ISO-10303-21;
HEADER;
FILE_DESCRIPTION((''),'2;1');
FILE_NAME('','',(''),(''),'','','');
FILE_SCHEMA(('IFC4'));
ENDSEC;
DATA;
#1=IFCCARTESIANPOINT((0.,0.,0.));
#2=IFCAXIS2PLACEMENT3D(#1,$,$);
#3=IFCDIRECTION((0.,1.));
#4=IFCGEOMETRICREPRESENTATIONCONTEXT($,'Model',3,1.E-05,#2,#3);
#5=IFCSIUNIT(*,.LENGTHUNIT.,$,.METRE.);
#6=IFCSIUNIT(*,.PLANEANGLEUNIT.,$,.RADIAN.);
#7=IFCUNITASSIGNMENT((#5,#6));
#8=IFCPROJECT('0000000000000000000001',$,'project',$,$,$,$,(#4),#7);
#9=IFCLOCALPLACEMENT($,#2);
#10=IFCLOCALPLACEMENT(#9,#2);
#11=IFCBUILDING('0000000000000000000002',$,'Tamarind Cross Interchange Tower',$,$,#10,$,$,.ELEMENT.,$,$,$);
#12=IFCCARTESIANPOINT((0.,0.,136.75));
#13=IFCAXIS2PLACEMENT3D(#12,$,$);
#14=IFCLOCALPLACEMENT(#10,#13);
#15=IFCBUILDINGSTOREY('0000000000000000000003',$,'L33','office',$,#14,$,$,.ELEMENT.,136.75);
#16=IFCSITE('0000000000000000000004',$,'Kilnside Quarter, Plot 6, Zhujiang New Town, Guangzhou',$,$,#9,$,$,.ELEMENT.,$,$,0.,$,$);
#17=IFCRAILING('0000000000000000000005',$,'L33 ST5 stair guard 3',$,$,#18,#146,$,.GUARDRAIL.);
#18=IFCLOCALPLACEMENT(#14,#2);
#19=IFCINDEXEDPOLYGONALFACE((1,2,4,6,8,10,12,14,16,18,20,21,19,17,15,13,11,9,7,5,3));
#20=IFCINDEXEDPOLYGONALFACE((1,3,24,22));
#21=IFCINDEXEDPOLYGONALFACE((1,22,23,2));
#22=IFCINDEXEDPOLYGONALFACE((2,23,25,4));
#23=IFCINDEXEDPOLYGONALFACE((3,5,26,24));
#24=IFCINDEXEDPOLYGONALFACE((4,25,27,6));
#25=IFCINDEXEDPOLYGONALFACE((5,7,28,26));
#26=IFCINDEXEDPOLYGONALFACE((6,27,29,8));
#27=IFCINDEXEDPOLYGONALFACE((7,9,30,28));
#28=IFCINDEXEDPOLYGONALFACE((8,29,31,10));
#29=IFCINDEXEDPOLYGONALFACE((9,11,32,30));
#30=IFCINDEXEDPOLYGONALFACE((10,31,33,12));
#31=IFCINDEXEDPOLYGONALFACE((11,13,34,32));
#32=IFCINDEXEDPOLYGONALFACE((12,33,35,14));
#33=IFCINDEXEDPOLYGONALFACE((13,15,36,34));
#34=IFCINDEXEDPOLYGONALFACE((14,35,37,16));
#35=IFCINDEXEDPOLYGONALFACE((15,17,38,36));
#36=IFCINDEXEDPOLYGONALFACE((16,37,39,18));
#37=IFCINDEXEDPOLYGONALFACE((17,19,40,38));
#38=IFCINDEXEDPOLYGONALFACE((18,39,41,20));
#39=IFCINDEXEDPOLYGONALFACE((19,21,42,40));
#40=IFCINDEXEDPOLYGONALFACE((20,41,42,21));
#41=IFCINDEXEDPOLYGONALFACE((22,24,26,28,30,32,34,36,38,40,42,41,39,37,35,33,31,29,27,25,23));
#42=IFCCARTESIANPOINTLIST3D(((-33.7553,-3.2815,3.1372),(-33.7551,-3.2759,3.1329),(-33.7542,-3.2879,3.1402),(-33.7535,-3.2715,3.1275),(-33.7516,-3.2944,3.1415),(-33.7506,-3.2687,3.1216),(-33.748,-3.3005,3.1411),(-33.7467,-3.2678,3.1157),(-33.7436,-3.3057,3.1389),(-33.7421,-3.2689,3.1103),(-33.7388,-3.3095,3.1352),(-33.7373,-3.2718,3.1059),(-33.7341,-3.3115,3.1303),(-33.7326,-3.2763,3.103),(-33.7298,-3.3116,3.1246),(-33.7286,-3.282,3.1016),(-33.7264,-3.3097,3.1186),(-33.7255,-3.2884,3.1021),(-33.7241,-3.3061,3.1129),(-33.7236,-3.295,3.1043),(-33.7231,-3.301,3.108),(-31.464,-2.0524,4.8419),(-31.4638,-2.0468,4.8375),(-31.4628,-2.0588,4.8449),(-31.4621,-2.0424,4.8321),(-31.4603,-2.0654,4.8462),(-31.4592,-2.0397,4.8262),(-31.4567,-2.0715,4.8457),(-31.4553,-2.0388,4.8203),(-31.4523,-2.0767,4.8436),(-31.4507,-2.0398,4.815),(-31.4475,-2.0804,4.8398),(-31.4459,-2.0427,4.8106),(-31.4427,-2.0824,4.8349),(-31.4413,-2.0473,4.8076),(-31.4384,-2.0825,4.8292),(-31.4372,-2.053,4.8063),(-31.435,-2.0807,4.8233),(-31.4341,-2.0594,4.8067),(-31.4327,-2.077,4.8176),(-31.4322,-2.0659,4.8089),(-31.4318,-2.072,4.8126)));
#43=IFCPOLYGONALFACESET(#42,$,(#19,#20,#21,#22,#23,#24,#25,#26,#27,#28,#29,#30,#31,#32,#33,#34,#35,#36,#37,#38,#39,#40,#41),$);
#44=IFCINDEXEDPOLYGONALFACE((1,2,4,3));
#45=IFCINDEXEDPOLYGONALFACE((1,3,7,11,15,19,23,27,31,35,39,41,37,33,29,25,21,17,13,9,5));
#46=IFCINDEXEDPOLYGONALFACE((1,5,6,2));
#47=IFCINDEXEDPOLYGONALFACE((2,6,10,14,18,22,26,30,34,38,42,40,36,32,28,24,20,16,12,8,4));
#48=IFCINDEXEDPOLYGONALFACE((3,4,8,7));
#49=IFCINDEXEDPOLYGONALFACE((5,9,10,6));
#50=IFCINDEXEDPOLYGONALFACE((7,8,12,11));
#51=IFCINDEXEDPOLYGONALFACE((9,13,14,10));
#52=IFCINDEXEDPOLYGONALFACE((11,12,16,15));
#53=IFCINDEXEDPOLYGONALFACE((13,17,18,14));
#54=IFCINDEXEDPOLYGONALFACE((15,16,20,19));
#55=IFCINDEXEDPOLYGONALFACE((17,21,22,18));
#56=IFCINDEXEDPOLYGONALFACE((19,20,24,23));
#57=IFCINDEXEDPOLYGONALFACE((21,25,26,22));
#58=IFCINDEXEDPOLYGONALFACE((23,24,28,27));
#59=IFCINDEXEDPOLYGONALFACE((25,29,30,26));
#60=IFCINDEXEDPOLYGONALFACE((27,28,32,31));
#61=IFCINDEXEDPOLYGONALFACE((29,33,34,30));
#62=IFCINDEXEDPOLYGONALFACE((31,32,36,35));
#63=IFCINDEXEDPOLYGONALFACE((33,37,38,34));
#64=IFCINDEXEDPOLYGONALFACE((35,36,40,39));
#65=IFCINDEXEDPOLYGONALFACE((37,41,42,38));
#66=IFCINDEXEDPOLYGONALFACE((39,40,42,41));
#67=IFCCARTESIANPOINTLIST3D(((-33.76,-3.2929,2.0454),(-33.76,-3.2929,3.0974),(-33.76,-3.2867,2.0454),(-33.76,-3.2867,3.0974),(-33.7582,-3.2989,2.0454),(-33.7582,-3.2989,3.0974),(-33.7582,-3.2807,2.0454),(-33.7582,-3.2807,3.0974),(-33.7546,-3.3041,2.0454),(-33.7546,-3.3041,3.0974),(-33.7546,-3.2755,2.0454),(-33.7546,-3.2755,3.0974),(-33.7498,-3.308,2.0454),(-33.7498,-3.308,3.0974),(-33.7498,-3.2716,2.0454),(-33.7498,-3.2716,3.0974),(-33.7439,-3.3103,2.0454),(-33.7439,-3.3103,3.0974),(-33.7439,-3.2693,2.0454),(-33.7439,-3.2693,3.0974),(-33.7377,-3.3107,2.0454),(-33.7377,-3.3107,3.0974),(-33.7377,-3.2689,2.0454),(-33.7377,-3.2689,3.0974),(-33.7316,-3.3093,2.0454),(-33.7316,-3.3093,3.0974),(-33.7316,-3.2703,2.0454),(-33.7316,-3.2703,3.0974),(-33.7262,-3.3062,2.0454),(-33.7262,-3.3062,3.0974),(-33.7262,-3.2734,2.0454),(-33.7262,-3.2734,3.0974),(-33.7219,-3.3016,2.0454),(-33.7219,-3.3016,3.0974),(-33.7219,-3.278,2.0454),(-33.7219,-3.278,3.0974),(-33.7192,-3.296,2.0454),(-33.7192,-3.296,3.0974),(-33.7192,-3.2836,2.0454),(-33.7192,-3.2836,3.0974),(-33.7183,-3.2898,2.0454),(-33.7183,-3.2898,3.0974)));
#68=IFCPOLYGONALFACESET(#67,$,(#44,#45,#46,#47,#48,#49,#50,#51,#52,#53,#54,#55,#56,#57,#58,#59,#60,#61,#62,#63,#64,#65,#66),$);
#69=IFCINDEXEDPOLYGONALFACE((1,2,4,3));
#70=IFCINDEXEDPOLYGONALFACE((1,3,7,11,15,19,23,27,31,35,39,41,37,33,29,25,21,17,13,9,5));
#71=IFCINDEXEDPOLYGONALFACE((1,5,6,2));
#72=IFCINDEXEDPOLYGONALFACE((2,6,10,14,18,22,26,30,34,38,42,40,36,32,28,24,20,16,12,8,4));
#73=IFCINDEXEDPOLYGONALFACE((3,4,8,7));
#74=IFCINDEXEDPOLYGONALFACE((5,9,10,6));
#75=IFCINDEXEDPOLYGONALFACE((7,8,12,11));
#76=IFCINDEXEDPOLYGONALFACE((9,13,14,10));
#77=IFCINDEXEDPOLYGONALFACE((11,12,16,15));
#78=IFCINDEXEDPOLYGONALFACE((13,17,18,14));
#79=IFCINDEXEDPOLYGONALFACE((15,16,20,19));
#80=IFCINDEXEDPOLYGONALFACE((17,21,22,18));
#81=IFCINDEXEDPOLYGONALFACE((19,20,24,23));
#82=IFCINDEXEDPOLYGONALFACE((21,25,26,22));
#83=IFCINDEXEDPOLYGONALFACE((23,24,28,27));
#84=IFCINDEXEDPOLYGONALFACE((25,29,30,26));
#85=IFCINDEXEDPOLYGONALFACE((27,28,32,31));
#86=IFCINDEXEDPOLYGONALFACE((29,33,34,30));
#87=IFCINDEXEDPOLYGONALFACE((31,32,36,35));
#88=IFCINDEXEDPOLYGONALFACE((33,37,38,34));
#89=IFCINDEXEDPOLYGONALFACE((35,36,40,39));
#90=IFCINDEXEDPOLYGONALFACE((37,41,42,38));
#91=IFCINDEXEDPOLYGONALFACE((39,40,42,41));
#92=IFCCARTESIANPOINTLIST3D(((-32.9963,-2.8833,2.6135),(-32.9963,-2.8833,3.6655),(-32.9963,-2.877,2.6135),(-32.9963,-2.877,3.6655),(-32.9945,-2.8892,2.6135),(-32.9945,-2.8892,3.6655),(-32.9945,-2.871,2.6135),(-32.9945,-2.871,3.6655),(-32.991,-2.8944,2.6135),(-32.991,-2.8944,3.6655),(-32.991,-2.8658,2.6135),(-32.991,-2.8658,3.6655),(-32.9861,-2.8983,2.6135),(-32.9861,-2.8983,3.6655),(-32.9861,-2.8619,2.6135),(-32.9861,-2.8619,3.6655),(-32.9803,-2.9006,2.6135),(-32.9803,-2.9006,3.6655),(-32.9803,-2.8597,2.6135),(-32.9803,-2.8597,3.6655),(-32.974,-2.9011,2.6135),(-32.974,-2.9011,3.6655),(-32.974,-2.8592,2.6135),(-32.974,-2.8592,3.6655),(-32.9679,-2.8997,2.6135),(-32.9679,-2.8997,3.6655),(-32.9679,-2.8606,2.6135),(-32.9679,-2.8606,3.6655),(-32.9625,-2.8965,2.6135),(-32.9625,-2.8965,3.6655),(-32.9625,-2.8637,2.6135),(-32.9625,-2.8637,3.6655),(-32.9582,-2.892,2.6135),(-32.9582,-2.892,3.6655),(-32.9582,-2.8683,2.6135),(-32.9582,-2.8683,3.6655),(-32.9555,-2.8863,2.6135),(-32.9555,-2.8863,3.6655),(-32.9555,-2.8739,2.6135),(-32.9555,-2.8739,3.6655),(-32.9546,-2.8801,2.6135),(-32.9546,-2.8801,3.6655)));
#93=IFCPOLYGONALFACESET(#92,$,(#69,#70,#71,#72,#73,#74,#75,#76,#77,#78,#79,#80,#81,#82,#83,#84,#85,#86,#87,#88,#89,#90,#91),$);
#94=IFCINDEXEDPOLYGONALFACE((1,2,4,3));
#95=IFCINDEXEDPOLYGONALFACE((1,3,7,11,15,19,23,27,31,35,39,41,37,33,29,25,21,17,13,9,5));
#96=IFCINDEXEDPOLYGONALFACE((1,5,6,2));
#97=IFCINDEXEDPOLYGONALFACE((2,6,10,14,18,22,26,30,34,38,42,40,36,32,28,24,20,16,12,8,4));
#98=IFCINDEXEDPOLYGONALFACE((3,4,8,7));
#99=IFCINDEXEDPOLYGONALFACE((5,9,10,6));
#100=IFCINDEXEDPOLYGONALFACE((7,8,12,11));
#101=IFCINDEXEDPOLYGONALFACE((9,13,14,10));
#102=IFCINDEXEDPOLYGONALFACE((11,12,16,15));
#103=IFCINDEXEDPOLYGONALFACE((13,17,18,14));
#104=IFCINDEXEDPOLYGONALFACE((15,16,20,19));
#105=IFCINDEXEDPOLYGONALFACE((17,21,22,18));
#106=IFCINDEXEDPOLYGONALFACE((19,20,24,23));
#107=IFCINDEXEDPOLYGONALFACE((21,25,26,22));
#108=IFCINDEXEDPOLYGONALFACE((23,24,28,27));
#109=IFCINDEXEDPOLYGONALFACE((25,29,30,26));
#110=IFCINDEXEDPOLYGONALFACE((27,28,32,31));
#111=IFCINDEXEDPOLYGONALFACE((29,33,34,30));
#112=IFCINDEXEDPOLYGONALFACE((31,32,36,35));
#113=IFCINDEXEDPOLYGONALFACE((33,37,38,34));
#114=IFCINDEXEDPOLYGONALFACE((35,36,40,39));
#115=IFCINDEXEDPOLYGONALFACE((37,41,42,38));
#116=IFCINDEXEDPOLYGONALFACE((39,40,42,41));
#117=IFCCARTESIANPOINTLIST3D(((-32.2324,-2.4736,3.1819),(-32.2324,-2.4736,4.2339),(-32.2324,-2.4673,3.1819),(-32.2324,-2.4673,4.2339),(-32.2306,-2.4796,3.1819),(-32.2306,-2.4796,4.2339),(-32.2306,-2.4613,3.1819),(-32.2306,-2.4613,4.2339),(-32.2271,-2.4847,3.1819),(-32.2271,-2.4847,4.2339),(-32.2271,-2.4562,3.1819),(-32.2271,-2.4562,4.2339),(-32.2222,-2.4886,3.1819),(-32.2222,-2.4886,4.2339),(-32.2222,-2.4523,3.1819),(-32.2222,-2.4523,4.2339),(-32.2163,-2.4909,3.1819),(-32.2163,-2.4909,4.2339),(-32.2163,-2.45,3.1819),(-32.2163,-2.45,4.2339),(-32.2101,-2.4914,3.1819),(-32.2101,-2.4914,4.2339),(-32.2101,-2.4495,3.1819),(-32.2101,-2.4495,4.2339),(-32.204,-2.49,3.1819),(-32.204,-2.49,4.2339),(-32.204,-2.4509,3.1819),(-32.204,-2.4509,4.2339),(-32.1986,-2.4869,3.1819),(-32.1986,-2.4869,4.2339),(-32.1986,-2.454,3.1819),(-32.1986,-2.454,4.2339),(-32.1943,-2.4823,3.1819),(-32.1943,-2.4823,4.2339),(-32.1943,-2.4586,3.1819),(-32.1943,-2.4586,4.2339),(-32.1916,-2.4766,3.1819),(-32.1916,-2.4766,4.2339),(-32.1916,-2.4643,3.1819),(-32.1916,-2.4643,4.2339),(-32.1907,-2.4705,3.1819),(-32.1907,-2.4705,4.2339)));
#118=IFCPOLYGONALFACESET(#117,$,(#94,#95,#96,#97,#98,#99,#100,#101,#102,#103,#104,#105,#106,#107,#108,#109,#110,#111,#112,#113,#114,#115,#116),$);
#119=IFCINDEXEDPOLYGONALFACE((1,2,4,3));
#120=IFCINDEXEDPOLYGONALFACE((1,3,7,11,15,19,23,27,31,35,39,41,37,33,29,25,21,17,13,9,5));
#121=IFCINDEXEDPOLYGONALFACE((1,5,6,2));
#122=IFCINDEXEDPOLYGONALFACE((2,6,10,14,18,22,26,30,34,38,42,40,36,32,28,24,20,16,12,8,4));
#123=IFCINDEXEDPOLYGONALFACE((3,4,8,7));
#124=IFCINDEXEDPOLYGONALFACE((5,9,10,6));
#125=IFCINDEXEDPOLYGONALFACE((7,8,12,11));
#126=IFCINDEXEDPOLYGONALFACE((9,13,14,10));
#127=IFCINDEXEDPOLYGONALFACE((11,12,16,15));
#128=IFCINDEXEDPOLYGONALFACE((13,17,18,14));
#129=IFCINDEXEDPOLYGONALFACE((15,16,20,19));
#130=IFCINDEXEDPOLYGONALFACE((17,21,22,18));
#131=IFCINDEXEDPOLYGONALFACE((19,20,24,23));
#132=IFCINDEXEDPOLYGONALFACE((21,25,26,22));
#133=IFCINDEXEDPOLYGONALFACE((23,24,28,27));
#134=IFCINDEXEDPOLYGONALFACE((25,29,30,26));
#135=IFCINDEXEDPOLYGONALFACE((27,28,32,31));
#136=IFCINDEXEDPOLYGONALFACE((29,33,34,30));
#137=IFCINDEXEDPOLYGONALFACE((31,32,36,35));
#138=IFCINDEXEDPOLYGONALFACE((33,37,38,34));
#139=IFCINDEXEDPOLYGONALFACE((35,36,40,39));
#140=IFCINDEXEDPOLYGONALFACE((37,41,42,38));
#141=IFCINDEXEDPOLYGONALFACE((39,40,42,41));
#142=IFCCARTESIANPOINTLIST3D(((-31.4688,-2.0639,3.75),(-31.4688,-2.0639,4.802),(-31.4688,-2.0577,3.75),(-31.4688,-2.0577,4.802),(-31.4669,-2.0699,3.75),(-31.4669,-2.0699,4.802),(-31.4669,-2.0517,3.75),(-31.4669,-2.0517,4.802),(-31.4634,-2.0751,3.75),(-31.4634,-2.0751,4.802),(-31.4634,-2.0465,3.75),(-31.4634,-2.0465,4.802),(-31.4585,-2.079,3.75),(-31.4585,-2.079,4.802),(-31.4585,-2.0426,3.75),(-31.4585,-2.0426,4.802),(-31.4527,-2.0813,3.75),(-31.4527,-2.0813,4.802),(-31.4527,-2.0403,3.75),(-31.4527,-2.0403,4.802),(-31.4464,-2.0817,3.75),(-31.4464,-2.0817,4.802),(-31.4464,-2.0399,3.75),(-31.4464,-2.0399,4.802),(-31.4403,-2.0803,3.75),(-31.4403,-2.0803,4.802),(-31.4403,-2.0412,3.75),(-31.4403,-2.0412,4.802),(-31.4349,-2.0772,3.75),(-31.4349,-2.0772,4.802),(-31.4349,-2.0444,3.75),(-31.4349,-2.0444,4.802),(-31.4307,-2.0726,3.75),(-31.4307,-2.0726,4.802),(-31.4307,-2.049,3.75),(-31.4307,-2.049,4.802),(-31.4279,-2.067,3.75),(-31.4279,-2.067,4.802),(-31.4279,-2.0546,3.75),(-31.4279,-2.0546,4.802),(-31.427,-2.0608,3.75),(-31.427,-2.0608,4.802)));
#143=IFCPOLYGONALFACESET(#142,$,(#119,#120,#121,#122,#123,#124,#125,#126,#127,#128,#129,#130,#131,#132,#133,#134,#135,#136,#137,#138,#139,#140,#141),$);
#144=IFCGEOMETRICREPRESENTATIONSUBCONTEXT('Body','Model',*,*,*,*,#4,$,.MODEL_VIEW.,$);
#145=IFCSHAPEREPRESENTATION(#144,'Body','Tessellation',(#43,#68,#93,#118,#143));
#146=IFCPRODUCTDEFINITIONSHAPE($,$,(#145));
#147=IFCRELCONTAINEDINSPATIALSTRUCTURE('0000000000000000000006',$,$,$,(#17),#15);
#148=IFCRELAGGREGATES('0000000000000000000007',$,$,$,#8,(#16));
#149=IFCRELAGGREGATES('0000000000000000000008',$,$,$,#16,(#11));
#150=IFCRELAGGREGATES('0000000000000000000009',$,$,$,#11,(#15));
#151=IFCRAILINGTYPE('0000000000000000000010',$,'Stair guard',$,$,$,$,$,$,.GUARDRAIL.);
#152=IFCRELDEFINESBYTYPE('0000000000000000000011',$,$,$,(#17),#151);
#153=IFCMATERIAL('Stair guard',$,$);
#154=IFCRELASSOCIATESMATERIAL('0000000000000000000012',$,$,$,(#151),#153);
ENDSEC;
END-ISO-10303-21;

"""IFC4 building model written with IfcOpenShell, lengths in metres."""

from ifc_helpers import new_model, si_unit, direction, frame, origin, origin_2d, place, context, subcontext, project, spatial, circle, extrude, material, type_object, element, save


model = new_model("IFC4")

# Units and contexts
model_context = context("Model", 3, precision=1e-05, world=origin(), true_north=direction((0.0, 1.0)))
body_context = subcontext(model_context, "Body", "Model", "MODEL_VIEW")
ifc_project = project(units=[si_unit("LENGTHUNIT", "METRE"), si_unit("PLANEANGLEUNIT", "RADIAN")], contexts=[model_context])

# Site, building, storey
site_placement = place(None, origin())
site = spatial("IfcSite", under=ifc_project, at=site_placement, Name="Kilnside Quarter, Plot 6, Zhujiang New Town, Guangzhou", CompositionType="ELEMENT", RefElevation=0.0)
building_placement = place(site_placement, origin())
building = spatial("IfcBuilding", under=site, at=building_placement, Name="Tamarind Cross Interchange Tower", CompositionType="ELEMENT")
storey_placement = place(building_placement, frame((0.0, 0.0, 136.75)))
storey = spatial("IfcBuildingStorey", under=building, at=storey_placement, Name="L33", Description="office", CompositionType="ELEMENT", Elevation=136.75)

# Railing
ifc_material_1 = material(Name="Stair guard")
railing_type_1 = type_object("IfcRailingType", Name="Stair guard", PredefinedType="GUARDRAIL", material=ifc_material_1)
railing_1_placement = place(storey_placement, frame((-33.7393, -3.2898, 2.0454)))
element("IfcRailing", 1, at=railing_1_placement, inside=storey, type_object=railing_type_1, Name="L33 ST5 stair guard 3", PredefinedType="GUARDRAIL", context=body_context, shape_type="SweptSolid", body=[
    extrude(circle(Radius=0.0239, at=origin_2d()), frame((0.0, 0.0, 1.0762), z_axis=(0.736974, 0.395304, 0.548274), x_axis=(-0.472683, 0.881233, 0.0)), (0.0, 0.0, 1.0), 3.1091),
    extrude(circle(Radius=0.021, at=origin_2d()), origin(), (0.0, 0.0, 1.0), 1.052),
    extrude(circle(Radius=0.021, at=origin_2d()), frame((0.7637, 0.4097, 0.5681)), (0.0, 0.0, 1.0), 1.052),
    extrude(circle(Radius=0.021, at=origin_2d()), frame((1.5276, 0.8193, 1.1365)), (0.0, 0.0, 1.0), 1.052),
    extrude(circle(Radius=0.021, at=origin_2d()), frame((2.2913, 1.229, 1.7046)), (0.0, 0.0, 1.0), 1.052),
])

save(model, "model.ifc")
